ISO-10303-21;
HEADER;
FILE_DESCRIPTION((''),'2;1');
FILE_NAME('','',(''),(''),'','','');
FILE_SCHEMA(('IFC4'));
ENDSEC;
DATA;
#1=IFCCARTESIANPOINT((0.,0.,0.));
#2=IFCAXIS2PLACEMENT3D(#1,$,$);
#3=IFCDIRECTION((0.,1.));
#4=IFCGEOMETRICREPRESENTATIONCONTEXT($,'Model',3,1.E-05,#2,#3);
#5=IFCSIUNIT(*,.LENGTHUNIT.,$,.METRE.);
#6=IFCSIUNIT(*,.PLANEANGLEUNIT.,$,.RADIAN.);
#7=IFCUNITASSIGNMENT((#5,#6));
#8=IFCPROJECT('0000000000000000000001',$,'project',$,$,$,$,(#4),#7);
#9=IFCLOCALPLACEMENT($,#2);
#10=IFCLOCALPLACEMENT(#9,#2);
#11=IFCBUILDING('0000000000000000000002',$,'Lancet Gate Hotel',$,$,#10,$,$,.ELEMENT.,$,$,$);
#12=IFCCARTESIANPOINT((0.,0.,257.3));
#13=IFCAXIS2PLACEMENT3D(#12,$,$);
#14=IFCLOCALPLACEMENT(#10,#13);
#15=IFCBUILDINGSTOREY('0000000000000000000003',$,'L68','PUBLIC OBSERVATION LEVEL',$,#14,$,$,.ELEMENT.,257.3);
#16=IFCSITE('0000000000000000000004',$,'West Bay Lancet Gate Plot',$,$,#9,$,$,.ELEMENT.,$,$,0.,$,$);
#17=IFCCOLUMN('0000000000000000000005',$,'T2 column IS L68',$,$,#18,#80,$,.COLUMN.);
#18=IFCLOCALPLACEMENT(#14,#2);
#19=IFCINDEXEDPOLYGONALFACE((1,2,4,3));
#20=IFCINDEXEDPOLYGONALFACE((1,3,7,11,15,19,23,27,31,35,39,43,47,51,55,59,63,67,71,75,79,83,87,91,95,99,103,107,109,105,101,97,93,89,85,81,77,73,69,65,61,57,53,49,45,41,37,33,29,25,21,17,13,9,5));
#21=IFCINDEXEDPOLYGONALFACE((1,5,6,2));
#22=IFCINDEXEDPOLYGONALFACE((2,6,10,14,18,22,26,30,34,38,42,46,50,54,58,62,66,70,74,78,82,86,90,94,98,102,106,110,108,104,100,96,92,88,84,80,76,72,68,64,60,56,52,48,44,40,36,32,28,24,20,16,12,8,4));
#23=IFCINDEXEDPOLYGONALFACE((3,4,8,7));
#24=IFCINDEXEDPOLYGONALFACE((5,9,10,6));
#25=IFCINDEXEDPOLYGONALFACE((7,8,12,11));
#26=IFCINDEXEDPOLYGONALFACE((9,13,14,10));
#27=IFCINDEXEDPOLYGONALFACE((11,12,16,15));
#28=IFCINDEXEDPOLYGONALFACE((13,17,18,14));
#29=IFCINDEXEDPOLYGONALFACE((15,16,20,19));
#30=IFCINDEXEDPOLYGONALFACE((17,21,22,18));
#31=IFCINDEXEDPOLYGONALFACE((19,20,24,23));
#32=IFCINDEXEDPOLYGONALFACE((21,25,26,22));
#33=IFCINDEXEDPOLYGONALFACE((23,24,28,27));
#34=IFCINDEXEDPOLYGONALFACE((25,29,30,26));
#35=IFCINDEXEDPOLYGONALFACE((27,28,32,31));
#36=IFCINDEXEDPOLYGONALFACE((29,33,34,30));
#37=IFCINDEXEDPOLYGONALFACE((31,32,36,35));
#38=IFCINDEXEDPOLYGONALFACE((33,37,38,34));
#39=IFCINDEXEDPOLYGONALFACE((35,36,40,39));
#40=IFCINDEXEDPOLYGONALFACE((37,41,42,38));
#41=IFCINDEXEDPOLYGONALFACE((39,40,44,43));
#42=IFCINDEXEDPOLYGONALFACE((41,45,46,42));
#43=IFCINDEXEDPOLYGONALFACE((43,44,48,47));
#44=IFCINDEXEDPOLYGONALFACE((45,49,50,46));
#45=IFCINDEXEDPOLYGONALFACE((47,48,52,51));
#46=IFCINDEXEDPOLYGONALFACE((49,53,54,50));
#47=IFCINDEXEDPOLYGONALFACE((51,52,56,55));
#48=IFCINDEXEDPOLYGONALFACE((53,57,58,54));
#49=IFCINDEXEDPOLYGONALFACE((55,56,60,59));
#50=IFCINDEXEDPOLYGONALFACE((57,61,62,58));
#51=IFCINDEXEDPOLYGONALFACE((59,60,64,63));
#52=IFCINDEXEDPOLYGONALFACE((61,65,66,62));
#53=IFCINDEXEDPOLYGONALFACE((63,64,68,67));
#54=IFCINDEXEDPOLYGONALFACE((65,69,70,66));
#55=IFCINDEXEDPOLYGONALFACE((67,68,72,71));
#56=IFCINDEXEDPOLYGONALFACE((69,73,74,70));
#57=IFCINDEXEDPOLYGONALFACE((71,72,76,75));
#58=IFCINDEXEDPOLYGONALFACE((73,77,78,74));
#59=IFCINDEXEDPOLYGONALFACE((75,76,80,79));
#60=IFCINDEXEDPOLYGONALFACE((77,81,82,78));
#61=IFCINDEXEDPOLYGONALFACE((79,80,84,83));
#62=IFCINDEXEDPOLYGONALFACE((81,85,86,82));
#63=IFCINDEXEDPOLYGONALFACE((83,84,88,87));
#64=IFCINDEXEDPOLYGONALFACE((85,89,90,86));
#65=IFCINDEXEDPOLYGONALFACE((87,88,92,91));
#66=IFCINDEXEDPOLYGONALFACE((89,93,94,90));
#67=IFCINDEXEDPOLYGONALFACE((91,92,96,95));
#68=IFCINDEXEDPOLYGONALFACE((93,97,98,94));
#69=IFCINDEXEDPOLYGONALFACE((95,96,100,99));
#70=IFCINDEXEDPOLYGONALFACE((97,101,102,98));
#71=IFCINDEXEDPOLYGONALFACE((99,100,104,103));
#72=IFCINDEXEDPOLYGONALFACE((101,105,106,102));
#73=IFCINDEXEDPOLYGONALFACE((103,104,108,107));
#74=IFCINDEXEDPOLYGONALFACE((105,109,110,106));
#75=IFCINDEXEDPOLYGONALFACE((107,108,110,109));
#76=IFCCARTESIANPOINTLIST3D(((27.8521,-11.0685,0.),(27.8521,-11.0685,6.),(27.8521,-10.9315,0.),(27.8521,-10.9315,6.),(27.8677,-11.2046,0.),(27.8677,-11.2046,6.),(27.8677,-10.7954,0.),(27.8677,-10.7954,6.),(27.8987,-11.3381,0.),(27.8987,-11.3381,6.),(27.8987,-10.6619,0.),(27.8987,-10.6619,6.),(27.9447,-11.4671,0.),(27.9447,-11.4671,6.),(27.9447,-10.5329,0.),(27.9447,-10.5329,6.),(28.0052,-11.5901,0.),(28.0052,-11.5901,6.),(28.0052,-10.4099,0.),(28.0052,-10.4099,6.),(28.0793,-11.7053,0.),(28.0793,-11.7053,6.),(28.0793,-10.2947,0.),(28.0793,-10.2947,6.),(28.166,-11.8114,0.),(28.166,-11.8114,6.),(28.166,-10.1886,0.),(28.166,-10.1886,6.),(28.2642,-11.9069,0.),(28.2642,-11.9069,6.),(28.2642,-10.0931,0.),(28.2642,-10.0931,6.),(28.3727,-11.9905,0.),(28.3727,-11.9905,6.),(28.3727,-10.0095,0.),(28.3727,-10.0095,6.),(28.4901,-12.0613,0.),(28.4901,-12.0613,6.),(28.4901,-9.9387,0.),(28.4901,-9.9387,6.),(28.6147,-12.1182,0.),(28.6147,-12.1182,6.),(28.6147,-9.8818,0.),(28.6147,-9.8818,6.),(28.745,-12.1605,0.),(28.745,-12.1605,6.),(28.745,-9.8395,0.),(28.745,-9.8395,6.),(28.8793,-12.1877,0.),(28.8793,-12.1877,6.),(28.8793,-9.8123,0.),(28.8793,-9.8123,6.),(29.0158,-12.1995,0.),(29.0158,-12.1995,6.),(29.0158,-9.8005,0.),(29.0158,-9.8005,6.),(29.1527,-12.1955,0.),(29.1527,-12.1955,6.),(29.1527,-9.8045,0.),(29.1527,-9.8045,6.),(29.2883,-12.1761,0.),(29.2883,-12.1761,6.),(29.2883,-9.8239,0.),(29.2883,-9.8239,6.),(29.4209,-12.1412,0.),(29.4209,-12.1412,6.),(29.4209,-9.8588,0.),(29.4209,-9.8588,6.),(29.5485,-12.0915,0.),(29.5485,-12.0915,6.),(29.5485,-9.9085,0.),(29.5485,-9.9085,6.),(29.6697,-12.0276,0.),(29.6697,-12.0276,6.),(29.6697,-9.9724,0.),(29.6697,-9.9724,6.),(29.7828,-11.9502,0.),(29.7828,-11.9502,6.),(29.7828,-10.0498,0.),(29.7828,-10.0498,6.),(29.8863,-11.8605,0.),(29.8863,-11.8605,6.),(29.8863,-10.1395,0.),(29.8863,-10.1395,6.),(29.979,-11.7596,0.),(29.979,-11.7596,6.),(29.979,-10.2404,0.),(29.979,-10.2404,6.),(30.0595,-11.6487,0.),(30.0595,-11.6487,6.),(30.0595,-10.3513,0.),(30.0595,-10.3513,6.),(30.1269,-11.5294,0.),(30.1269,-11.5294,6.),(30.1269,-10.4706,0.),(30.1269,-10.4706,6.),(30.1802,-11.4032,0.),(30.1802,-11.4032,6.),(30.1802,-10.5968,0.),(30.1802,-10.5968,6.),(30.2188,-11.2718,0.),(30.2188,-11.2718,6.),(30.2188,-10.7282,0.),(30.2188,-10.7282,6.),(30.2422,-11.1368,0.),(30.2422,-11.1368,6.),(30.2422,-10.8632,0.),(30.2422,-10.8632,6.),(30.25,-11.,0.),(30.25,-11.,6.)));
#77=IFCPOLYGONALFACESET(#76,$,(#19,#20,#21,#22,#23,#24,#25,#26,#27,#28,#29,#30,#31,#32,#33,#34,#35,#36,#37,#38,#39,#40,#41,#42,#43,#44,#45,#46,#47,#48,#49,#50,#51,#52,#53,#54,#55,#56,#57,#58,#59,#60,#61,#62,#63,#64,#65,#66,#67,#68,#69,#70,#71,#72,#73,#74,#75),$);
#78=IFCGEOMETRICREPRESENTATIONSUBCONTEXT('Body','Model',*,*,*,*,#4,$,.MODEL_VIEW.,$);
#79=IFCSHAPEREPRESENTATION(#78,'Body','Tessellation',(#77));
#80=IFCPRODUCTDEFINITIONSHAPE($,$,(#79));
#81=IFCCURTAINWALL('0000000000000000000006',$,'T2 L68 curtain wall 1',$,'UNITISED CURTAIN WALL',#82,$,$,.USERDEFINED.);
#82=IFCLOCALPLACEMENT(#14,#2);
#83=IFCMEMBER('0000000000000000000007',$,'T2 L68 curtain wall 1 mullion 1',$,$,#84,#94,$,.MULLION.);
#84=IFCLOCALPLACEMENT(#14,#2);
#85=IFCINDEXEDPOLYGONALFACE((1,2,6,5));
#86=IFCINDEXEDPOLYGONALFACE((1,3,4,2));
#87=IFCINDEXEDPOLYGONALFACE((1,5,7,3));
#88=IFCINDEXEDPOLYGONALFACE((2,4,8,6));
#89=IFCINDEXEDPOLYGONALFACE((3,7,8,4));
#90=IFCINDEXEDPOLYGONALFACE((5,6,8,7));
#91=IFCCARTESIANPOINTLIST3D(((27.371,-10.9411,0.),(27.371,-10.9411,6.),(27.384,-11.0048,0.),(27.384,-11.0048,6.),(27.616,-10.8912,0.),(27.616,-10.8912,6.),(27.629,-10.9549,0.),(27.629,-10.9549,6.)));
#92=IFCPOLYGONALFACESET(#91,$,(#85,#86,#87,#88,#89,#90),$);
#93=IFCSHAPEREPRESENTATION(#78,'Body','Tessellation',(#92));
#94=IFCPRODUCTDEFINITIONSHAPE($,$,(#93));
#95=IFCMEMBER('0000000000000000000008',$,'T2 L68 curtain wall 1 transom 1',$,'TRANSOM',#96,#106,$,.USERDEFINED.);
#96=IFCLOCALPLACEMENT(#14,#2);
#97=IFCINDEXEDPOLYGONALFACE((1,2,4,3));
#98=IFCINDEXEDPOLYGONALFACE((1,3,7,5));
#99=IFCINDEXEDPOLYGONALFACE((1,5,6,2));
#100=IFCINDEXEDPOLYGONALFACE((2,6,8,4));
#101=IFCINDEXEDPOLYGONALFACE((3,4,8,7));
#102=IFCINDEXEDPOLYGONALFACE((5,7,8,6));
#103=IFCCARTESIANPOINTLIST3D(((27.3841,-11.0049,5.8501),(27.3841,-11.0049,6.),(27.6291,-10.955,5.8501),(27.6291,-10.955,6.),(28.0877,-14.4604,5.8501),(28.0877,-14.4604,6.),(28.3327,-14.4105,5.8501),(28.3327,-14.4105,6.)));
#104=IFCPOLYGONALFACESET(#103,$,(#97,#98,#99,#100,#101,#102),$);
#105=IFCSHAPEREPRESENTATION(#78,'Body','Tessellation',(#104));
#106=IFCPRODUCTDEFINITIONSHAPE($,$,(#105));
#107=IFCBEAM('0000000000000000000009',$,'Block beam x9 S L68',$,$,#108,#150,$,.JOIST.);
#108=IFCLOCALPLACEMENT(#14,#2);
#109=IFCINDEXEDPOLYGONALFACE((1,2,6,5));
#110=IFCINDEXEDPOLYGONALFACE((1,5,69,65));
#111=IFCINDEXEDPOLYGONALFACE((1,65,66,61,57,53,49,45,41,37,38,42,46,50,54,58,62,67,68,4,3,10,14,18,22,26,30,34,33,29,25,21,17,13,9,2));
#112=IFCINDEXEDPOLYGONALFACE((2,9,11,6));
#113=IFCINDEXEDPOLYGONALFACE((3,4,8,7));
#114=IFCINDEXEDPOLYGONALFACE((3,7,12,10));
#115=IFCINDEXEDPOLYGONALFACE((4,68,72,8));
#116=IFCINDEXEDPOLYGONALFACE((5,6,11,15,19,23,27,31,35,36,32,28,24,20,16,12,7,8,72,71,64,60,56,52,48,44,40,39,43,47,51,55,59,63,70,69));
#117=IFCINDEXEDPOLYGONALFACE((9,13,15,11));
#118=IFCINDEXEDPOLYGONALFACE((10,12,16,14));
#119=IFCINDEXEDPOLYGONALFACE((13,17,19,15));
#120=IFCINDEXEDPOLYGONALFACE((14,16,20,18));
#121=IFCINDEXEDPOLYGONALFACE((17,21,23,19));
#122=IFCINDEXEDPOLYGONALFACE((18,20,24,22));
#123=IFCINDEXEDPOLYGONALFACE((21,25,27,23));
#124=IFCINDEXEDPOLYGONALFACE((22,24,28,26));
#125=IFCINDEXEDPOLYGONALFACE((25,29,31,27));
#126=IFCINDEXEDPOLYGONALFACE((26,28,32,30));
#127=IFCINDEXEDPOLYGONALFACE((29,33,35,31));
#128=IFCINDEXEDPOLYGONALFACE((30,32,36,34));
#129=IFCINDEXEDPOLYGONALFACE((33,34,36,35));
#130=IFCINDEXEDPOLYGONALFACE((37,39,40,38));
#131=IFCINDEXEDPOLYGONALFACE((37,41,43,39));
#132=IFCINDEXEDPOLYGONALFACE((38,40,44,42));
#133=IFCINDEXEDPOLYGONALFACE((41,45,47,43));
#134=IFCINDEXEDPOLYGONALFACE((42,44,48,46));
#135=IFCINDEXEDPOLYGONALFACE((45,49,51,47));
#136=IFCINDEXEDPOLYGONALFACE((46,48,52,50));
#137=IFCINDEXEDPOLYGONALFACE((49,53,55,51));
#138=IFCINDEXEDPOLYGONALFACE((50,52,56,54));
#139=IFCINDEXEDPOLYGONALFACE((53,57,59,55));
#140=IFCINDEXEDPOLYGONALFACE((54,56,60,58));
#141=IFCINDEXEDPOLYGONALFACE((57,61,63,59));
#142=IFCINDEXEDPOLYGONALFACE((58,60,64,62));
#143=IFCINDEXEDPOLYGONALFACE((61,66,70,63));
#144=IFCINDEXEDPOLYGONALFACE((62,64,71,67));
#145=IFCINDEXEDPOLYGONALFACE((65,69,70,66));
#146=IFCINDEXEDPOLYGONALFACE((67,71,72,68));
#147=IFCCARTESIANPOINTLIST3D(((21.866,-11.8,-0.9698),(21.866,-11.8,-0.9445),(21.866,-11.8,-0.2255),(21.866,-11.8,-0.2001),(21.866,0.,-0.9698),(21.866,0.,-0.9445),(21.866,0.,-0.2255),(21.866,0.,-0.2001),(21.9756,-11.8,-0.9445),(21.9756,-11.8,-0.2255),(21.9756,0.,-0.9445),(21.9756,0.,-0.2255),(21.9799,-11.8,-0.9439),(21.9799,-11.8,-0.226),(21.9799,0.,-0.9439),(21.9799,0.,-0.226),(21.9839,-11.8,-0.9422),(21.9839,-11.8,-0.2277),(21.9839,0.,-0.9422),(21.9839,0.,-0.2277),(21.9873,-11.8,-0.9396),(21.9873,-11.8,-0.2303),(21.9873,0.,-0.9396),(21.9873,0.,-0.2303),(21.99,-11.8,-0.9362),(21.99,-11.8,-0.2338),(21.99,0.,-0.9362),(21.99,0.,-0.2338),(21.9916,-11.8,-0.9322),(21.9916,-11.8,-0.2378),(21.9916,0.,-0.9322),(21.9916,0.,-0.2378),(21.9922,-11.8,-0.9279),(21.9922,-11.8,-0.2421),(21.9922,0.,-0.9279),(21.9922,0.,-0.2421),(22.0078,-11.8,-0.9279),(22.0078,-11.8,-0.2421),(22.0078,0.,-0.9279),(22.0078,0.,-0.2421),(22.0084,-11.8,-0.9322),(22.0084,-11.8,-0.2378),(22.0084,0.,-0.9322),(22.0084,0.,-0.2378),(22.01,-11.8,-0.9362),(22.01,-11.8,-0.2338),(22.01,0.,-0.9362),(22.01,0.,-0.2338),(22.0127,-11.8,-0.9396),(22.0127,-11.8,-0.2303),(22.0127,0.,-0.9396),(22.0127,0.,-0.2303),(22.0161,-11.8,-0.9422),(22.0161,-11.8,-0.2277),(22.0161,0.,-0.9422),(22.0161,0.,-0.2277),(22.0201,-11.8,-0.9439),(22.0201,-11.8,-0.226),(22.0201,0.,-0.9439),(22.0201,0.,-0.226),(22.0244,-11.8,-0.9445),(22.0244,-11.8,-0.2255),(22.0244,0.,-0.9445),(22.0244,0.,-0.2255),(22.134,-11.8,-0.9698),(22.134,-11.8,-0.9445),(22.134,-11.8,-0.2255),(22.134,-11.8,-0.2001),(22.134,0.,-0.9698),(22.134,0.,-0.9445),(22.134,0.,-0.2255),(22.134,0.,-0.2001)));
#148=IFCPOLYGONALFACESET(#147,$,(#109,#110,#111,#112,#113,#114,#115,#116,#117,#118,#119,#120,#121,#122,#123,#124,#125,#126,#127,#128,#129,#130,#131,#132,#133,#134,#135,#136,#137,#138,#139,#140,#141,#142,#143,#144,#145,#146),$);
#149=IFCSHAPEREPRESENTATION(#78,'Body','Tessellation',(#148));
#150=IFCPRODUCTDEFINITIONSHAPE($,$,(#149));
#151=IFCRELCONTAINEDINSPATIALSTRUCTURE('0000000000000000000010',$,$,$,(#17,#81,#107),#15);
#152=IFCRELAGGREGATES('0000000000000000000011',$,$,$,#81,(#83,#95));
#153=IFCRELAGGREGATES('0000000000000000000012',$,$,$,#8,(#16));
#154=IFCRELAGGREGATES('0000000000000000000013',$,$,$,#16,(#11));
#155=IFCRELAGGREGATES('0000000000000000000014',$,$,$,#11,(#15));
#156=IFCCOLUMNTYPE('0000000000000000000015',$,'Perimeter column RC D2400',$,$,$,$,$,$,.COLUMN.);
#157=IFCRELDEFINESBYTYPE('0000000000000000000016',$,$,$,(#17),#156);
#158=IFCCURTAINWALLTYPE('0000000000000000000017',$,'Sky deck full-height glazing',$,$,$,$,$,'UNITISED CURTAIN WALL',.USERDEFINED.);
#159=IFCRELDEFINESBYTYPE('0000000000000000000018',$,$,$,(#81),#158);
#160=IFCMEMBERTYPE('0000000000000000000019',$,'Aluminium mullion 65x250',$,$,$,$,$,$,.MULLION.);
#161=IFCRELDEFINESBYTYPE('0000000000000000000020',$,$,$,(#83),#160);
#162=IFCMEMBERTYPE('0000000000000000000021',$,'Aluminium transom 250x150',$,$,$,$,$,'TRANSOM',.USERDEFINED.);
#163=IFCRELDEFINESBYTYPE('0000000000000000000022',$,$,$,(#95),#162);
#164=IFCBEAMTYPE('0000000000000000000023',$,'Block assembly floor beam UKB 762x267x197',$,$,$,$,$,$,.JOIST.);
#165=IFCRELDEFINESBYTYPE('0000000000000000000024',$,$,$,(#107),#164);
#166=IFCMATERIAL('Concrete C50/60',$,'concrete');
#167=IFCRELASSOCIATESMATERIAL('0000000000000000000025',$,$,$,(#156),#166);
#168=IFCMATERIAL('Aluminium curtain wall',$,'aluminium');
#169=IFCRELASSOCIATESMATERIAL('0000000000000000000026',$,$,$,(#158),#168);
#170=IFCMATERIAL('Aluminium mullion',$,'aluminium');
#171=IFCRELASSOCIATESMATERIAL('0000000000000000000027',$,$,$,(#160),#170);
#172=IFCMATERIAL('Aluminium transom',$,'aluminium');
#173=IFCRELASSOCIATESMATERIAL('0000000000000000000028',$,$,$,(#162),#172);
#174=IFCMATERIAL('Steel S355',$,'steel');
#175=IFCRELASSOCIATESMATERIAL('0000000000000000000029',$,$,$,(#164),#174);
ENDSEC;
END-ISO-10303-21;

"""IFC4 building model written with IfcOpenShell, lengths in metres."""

from ifc_helpers import new_model, si_unit, direction, frame, origin, origin_2d, place, context, subcontext, project, spatial, rectangle, circle, i_section, extrude, material, material_profile, profile_set, type_object, element, aggregate, save


model = new_model("IFC4")

# Units and contexts
model_context = context("Model", 3, precision=1e-05, world=origin(), true_north=direction((0.0, 1.0)))
body_context = subcontext(model_context, "Body", "Model", "MODEL_VIEW")
ifc_project = project(units=[si_unit("LENGTHUNIT", "METRE"), si_unit("PLANEANGLEUNIT", "RADIAN")], contexts=[model_context])

# Site, building, storey
site_placement = place(None, origin())
site = spatial("IfcSite", under=ifc_project, at=site_placement, Name="West Bay Lancet Gate Plot", CompositionType="ELEMENT", RefElevation=0.0)
building_placement = place(site_placement, origin())
building = spatial("IfcBuilding", under=site, at=building_placement, Name="Lancet Gate Hotel", CompositionType="ELEMENT")
storey_placement = place(building_placement, frame((0.0, 0.0, 257.3)))
storey = spatial("IfcBuildingStorey", under=building, at=storey_placement, Name="L68", Description="PUBLIC OBSERVATION LEVEL", CompositionType="ELEMENT", Elevation=257.3)

# Column
ifc_material_1 = material(Name="Concrete C50/60", Category="concrete")
ifc_material_profile_1 = material_profile(ifc_material_1, circle(Radius=1.2, at=origin_2d()), Name="RC D2400")
ifc_profile_set_1 = profile_set([ifc_material_profile_1], Name="Concrete C50/60")
column_type_1 = type_object("IfcColumnType", Name="Perimeter column RC D2400", PredefinedType="COLUMN", material=ifc_profile_set_1)
column_placement = place(storey_placement, frame((29.05, -11.0, 0.0), z_axis=(0.0, 0.0, 1.0), x_axis=(1.0, 0.0, 0.0)))
element("IfcColumn", 1, at=column_placement, inside=storey, type_object=column_type_1, Name="T2 column IS L68", PredefinedType="COLUMN", context=body_context, shape_type="SweptSolid", body=[
    extrude(circle(Radius=1.2, at=origin_2d()), origin(), (0.0, 0.0, 1.0), 6.0),
])

# Curtain wall, members
ifc_material_2 = material(Name="Aluminium curtain wall", Category="aluminium")
curtain_wall_type = type_object("IfcCurtainWallType", Name="Sky deck full-height glazing", ElementType="UNITISED CURTAIN WALL", PredefinedType="USERDEFINED", material=ifc_material_2)
curtain_wall_placement = place(storey_placement, origin())
curtain_wall = element("IfcCurtainWall", 2, at=curtain_wall_placement, inside=storey, type_object=curtain_wall_type, Name="T2 L68 curtain wall 1", ObjectType="UNITISED CURTAIN WALL", PredefinedType="USERDEFINED")
ifc_material_3 = material(Name="Aluminium mullion", Category="aluminium")
ifc_material_profile_2 = material_profile(ifc_material_3, rectangle(XDim=0.0649, YDim=0.25, at=origin_2d()), Name="MULLION 65x250")
ifc_profile_set_2 = profile_set([ifc_material_profile_2], Name="Aluminium mullion")
member_type_1 = type_object("IfcMemberType", Name="Aluminium mullion 65x250", PredefinedType="MULLION", material=ifc_profile_set_2)
member_1_placement = place(storey_placement, frame((27.5, -10.948, 0.0), z_axis=(0.0, 0.0, 1.0), x_axis=(0.199533, -0.979891, 0.0)))
member_1 = element("IfcMember", 3, at=member_1_placement, type_object=member_type_1, Name="T2 L68 curtain wall 1 mullion 1", PredefinedType="MULLION", context=body_context, shape_type="SweptSolid", body=[
    extrude(rectangle(XDim=0.0649, YDim=0.25, at=origin_2d()), origin(), (0.0, 0.0, 1.0), 6.0),
])
ifc_material_4 = material(Name="Aluminium transom", Category="aluminium")
ifc_material_profile_3 = material_profile(ifc_material_4, rectangle(XDim=0.25, YDim=0.1499, at=origin_2d()), Name="TRANSOM 250x150")
ifc_profile_set_3 = profile_set([ifc_material_profile_3], Name="Aluminium transom")
member_type_2 = type_object("IfcMemberType", Name="Aluminium transom 250x150", ElementType="TRANSOM", PredefinedType="USERDEFINED", material=ifc_profile_set_3)
member_2_placement = place(storey_placement, frame((27.5066, -10.98, 5.925), z_axis=(0.199523, -0.979893, 0.0), x_axis=(0.979893, 0.199523, 0.0)))
member_2 = element("IfcMember", 4, at=member_2_placement, type_object=member_type_2, Name="T2 L68 curtain wall 1 transom 1", ObjectType="TRANSOM", PredefinedType="USERDEFINED", context=body_context, shape_type="SweptSolid", body=[
    extrude(rectangle(XDim=0.25, YDim=0.1499, at=origin_2d()), origin(), (0.0, 0.0, 1.0), 3.5264),
])
aggregate(curtain_wall, [member_1, member_2])

# Beam
ifc_material_5 = material(Name="Steel S355", Category="steel")
ifc_material_profile_4 = material_profile(ifc_material_5, i_section(OverallWidth=0.2681, OverallDepth=0.7698, WebThickness=0.0156, FlangeThickness=0.0254, FilletRadius=0.0166, at=origin_2d()), Name="UKB 762x267x197")
ifc_profile_set_4 = profile_set([ifc_material_profile_4], Name="Steel S355")
beam_type_1 = type_object("IfcBeamType", Name="Block assembly floor beam UKB 762x267x197", PredefinedType="JOIST", material=ifc_profile_set_4)
beam_1_placement = place(storey_placement, frame((22.0, -11.8, -0.585), z_axis=(0.0, 1.0, 0.0), x_axis=(-1.0, 0.0, 0.0)))
element("IfcBeam", 5, at=beam_1_placement, inside=storey, type_object=beam_type_1, Name="Block beam x9 S L68", PredefinedType="JOIST", context=body_context, shape_type="SweptSolid", body=[
    extrude(i_section(OverallWidth=0.2681, OverallDepth=0.7698, WebThickness=0.0156, FlangeThickness=0.0254, FilletRadius=0.0166, at=origin_2d()), origin(), (0.0, 0.0, 1.0), 11.8),
])

save(model, "model.ifc")
